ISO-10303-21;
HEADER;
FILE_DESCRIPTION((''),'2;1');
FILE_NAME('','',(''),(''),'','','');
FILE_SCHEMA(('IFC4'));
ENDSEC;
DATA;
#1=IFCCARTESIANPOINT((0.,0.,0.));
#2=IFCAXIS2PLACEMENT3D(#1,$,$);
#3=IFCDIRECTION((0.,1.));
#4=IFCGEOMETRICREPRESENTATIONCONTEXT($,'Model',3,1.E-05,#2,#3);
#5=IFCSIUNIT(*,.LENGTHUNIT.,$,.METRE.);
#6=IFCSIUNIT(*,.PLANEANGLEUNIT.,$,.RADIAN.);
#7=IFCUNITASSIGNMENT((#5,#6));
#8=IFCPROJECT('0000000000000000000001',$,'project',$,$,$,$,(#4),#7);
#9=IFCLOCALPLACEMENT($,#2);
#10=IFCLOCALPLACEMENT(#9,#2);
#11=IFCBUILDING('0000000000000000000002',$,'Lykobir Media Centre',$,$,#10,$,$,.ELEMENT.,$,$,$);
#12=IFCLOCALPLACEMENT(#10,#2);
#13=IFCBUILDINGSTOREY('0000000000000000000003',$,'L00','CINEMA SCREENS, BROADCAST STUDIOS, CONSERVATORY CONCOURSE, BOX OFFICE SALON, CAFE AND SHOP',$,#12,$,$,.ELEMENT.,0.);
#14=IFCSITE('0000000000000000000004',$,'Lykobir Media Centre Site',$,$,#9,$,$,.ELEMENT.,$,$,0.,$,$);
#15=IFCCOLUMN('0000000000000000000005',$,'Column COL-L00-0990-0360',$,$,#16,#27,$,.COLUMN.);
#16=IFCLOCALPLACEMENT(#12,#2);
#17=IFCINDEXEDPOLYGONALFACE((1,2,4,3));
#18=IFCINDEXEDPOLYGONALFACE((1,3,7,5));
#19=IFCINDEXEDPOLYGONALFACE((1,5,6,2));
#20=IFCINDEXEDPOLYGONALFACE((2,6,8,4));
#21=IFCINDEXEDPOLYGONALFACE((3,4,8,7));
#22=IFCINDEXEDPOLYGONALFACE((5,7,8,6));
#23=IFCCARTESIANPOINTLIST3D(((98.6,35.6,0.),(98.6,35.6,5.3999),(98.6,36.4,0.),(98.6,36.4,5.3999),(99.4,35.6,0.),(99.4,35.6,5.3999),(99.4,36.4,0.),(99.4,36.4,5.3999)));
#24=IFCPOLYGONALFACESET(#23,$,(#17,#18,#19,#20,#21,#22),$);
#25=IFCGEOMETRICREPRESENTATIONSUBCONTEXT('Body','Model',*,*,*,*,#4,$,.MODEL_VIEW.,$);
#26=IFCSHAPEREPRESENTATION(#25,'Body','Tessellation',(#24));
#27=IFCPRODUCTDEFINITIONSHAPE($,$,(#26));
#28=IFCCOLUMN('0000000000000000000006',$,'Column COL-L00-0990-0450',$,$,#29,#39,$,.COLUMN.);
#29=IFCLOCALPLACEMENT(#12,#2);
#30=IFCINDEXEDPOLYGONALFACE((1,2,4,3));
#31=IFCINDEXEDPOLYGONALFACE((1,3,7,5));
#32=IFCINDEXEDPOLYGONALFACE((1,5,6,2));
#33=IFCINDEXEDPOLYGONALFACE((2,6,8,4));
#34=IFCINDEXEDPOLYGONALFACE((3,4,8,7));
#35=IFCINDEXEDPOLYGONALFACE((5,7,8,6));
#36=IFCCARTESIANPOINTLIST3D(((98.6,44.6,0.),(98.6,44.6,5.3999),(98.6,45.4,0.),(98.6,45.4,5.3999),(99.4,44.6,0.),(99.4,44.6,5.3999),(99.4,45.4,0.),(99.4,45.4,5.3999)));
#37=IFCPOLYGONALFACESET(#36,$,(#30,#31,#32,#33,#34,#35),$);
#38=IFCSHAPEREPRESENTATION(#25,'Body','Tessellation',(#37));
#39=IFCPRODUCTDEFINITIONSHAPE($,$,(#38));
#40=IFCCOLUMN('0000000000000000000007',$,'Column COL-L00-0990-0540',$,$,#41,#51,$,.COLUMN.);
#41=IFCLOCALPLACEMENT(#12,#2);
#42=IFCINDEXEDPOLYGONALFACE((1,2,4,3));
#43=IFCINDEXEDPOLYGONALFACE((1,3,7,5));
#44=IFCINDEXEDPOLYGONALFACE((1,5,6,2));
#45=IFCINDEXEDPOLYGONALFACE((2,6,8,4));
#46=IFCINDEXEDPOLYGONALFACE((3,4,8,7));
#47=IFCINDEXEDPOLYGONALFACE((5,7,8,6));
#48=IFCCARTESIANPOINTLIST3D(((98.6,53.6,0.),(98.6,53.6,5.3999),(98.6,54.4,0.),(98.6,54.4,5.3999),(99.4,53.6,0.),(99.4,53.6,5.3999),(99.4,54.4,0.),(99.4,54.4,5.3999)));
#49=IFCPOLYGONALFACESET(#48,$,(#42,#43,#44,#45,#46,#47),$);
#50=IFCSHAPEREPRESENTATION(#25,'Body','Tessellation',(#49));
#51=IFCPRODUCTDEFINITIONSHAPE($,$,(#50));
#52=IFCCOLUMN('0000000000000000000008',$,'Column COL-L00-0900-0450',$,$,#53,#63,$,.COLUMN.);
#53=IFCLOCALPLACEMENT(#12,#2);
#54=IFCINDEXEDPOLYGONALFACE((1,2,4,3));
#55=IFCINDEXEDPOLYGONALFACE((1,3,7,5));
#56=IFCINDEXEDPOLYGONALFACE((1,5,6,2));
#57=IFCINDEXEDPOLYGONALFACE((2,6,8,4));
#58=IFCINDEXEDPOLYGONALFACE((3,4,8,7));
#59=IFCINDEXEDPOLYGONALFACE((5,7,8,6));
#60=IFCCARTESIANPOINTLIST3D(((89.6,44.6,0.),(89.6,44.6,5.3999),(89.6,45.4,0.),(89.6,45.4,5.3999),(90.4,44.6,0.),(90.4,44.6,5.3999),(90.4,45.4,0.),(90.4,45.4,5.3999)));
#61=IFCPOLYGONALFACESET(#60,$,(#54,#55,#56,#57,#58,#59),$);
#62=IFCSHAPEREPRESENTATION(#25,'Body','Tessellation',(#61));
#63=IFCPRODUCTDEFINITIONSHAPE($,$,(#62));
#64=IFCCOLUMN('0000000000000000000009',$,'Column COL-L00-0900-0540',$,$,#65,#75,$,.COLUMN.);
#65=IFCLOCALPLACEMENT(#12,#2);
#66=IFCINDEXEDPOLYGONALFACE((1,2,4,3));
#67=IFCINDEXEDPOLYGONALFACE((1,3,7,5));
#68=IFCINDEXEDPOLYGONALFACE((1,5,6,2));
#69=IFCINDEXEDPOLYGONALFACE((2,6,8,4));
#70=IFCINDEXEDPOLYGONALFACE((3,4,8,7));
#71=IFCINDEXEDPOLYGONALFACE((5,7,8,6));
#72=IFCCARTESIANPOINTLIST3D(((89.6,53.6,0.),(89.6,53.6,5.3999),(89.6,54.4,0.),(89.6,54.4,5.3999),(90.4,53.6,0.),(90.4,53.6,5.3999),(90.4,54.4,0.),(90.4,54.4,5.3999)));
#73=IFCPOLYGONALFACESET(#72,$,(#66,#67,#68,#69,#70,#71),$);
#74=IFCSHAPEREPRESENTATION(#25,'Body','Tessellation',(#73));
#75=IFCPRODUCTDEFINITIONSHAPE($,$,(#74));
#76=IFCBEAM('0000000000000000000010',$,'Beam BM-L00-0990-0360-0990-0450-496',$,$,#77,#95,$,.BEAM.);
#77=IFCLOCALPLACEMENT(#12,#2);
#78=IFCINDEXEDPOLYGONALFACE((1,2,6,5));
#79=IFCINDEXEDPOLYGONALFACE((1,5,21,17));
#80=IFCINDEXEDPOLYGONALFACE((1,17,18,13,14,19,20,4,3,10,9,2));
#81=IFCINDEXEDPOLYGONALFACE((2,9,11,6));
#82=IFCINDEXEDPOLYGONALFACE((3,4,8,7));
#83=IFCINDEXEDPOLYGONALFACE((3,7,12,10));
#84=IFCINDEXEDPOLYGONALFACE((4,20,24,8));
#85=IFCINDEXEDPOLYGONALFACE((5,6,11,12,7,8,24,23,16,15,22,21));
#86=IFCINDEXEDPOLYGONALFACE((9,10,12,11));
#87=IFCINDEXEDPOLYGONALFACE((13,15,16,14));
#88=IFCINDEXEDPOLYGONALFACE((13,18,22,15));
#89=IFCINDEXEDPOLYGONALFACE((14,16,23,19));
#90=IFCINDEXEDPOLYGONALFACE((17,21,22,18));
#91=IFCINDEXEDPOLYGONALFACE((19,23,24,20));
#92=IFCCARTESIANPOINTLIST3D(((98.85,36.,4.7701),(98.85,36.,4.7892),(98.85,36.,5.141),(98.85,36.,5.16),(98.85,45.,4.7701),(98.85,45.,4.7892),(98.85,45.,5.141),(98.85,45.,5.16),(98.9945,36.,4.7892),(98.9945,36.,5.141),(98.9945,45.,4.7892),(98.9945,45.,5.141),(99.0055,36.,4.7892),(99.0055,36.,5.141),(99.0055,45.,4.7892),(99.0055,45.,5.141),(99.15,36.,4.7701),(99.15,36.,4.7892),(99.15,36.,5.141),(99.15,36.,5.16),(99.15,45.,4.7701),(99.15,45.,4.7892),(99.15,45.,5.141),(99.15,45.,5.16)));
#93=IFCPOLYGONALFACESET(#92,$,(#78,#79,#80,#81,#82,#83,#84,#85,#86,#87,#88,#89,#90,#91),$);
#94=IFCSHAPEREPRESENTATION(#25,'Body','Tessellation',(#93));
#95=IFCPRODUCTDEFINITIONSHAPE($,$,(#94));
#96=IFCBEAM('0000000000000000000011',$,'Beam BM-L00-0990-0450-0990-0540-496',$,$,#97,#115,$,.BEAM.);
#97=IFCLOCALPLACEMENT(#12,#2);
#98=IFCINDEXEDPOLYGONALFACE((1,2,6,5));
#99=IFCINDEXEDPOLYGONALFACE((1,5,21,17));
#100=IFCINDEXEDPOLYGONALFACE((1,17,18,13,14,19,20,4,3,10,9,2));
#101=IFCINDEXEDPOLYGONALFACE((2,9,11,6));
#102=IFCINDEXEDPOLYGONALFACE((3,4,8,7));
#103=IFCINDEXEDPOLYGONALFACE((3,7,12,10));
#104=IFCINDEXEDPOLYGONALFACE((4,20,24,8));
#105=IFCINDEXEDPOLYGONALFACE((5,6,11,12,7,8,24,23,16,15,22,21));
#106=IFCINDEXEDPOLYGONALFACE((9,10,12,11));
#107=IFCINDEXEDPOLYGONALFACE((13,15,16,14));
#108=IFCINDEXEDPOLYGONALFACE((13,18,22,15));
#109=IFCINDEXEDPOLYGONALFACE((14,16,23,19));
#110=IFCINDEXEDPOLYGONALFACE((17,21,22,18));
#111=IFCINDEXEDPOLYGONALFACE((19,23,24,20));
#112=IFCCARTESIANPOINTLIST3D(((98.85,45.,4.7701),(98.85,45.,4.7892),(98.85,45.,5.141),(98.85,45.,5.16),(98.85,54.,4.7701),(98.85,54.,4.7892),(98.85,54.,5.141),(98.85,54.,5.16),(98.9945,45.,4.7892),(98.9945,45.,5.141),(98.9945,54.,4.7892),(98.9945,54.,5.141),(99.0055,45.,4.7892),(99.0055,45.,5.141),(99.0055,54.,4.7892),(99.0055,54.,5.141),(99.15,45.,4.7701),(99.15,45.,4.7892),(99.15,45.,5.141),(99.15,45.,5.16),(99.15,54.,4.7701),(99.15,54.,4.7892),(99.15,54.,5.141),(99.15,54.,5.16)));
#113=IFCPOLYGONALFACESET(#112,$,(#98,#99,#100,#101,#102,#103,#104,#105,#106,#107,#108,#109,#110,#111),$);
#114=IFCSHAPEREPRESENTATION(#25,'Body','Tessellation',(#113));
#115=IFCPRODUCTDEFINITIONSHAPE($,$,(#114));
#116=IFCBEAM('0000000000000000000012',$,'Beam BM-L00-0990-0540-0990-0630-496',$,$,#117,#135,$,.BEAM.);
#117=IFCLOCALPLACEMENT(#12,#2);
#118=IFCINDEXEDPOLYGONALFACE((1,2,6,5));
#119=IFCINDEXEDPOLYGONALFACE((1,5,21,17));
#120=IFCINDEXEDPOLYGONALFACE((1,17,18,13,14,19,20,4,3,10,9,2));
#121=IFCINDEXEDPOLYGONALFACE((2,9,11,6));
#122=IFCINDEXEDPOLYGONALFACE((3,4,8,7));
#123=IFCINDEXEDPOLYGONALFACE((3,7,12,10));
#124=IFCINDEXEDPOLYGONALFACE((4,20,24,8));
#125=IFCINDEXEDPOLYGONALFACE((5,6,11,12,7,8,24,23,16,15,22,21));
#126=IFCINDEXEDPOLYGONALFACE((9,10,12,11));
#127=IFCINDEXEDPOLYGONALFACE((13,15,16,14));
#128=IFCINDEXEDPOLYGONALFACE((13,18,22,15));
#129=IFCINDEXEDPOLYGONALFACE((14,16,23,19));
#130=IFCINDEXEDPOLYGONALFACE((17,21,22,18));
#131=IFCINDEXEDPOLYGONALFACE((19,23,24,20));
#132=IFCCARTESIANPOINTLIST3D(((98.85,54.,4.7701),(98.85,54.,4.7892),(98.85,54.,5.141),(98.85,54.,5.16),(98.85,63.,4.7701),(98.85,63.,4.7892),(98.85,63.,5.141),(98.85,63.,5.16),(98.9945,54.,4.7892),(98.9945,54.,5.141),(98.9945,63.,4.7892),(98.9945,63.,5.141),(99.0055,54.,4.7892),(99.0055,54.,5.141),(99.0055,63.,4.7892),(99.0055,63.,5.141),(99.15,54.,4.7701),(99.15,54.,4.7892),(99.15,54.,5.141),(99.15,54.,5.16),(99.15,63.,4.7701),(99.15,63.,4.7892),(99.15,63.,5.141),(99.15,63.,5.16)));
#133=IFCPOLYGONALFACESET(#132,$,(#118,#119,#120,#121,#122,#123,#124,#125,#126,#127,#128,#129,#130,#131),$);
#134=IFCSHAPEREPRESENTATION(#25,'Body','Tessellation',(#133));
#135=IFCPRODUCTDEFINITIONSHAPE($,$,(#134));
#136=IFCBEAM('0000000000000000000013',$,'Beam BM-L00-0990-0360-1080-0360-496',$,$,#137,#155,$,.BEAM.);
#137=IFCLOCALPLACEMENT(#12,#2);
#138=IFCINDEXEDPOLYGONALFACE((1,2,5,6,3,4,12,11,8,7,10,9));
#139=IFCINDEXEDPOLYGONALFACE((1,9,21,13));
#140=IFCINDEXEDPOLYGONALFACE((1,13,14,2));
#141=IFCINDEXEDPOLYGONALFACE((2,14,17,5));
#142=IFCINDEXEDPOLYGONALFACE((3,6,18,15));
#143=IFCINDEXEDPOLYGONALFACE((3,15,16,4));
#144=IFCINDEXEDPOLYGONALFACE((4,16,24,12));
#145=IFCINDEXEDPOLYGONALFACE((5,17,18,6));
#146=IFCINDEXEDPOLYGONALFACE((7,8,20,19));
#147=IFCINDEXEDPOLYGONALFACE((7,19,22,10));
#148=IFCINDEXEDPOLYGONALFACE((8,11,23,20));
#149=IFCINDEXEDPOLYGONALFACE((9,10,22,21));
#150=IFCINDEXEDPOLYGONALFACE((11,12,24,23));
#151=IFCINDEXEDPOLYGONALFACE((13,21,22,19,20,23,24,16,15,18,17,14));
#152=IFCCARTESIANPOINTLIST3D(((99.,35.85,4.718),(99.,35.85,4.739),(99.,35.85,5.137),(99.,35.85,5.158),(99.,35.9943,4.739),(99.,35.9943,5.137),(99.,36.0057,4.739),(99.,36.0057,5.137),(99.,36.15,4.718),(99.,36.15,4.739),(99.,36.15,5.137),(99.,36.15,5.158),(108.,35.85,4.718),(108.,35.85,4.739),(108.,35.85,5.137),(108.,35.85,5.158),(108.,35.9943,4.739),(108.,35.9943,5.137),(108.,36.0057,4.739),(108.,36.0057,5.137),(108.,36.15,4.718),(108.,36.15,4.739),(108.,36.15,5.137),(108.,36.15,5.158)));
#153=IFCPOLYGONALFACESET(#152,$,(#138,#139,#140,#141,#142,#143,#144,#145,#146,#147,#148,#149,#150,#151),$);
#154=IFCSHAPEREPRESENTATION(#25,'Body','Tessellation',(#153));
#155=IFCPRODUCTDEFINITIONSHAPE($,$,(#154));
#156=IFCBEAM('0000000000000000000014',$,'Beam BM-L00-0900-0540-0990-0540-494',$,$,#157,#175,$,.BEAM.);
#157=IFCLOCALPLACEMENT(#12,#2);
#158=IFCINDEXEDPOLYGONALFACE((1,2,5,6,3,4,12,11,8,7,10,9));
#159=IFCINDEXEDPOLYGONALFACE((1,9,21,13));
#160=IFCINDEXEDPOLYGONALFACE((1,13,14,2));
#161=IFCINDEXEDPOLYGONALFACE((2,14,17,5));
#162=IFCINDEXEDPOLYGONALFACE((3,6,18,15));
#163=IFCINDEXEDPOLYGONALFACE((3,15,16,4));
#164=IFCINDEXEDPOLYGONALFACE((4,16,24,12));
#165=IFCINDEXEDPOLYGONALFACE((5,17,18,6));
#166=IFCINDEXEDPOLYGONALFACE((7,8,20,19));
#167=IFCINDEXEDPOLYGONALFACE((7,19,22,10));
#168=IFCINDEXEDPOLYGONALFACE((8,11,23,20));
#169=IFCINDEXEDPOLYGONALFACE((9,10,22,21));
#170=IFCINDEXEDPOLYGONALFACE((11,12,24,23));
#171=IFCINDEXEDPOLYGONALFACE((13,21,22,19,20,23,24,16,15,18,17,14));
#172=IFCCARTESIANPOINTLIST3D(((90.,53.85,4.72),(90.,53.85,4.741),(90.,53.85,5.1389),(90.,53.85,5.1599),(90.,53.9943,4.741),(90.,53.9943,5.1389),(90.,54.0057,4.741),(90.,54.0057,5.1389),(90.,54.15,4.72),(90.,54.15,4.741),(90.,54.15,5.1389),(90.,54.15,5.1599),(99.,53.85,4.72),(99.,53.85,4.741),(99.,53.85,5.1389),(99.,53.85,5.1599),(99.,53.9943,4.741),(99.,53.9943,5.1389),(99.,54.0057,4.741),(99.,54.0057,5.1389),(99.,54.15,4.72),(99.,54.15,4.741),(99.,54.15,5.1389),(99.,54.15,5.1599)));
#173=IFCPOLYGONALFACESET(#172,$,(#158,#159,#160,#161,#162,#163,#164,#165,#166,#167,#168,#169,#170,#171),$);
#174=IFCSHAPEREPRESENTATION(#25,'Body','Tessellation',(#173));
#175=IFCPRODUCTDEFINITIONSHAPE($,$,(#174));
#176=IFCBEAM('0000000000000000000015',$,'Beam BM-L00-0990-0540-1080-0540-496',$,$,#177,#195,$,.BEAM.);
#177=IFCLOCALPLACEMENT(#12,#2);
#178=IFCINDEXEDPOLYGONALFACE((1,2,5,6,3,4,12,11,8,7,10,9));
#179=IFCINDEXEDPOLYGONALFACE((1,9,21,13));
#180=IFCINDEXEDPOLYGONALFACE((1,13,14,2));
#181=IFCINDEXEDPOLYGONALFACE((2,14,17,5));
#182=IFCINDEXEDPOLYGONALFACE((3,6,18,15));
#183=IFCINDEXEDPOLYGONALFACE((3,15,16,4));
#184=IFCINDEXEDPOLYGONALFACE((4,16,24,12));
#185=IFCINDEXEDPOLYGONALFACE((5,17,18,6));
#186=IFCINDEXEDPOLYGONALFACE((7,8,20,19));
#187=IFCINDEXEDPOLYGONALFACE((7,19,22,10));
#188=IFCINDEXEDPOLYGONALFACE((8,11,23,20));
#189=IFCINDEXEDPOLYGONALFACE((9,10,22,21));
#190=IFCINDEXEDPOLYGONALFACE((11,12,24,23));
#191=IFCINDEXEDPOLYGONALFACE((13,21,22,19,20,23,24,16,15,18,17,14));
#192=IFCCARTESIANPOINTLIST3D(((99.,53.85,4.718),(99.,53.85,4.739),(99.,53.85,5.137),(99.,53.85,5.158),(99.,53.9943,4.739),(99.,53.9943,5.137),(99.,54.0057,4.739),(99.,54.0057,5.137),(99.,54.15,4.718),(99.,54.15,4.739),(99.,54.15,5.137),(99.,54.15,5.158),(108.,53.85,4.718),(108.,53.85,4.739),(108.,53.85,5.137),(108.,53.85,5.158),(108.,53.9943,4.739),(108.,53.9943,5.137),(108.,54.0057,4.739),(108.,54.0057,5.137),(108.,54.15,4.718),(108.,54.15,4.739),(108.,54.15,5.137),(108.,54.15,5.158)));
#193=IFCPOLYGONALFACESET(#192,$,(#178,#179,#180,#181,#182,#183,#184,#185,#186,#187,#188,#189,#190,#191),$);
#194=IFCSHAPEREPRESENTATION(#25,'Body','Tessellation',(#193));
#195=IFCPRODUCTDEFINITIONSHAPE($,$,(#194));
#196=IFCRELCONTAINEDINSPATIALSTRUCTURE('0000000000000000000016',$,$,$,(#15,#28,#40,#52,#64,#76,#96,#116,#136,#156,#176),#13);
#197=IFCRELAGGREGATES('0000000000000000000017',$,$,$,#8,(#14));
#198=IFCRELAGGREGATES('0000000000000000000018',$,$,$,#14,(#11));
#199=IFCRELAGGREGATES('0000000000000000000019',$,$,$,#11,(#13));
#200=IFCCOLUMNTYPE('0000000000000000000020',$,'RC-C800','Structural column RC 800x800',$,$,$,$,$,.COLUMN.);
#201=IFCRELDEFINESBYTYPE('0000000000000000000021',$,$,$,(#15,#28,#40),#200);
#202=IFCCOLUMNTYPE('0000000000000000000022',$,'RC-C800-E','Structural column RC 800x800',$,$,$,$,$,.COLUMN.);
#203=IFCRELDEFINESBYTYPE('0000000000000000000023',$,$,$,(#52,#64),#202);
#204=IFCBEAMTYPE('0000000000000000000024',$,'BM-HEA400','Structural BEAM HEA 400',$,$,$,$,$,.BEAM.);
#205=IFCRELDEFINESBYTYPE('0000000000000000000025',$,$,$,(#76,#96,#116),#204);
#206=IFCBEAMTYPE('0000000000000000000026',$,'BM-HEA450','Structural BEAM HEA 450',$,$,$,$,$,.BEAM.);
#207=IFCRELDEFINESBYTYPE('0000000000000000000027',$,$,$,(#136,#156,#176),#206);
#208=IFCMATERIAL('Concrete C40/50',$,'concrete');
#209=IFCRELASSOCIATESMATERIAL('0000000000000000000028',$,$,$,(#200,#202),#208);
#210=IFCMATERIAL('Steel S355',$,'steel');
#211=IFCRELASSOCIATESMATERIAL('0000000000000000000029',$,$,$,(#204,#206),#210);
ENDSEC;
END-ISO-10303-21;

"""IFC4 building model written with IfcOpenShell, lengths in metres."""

from ifc_helpers import new_model, si_unit, direction, frame, origin, origin_2d, place, context, subcontext, project, spatial, rectangle, i_section, extrude, material, material_profile, profile_set, type_object, element, save


model = new_model("IFC4")

# Units and contexts
model_context = context("Model", 3, precision=1e-05, world=origin(), true_north=direction((0.0, 1.0)))
body_context = subcontext(model_context, "Body", "Model", "MODEL_VIEW")
ifc_project = project(units=[si_unit("LENGTHUNIT", "METRE"), si_unit("PLANEANGLEUNIT", "RADIAN")], contexts=[model_context])

# Site, building, storey
site_placement = place(None, origin())
site = spatial("IfcSite", under=ifc_project, at=site_placement, Name="Lykobir Media Centre Site", CompositionType="ELEMENT", RefElevation=0.0)
building_placement = place(site_placement, origin())
building = spatial("IfcBuilding", under=site, at=building_placement, Name="Lykobir Media Centre", CompositionType="ELEMENT")
storey_placement = place(building_placement, origin())
storey = spatial("IfcBuildingStorey", under=building, at=storey_placement, Name="L00", Description="CINEMA SCREENS, BROADCAST STUDIOS, CONSERVATORY CONCOURSE, BOX OFFICE SALON, CAFE AND SHOP", CompositionType="ELEMENT", Elevation=0.0)

# Columns
ifc_material_1 = material(Name="Concrete C40/50", Category="concrete")
ifc_material_profile_1 = material_profile(ifc_material_1, rectangle(XDim=0.8, YDim=0.8, at=origin_2d()), Name="RC 800x800")
ifc_profile_set_1 = profile_set([ifc_material_profile_1], Name="Concrete C40/50")
column_type_1 = type_object("IfcColumnType", Name="RC-C800", Description="Structural column RC 800x800", PredefinedType="COLUMN", material=ifc_profile_set_1)
for number, where, z_axis, x_axis, name in (
    (1, (99.0, 36.0, 0.0), (0.0, 0.0, 1.0), (1.0, 0.0, 0.0), "Column COL-L00-0990-0360"),
    (2, (99.0, 45.0, 0.0), (0.0, 0.0, 1.0), (1.0, 0.0, 0.0), "Column COL-L00-0990-0450"),
    (3, (99.0, 54.0, 0.0), (0.0, 0.0, 1.0), (1.0, 0.0, 0.0), "Column COL-L00-0990-0540"),
):
    element("IfcColumn", number, at=place(storey_placement, frame(where, z_axis=z_axis, x_axis=x_axis)), inside=storey, type_object=column_type_1, Name=name, PredefinedType="COLUMN", context=body_context, shape_type="SweptSolid", body=[
        extrude(rectangle(XDim=0.8, YDim=0.8, at=origin_2d()), origin(), (0.0, 0.0, 1.0), 5.3999),
    ])
ifc_material_profile_2 = material_profile(ifc_material_1, rectangle(XDim=0.8, YDim=0.8, at=origin_2d()), Name="RC 800x800")
ifc_profile_set_2 = profile_set([ifc_material_profile_2], Name="Concrete C40/50")
column_type_2 = type_object("IfcColumnType", Name="RC-C800-E", Description="Structural column RC 800x800", PredefinedType="COLUMN", material=ifc_profile_set_2)
for number, where, z_axis, x_axis, name in (
    (4, (90.0, 45.0, 0.0), (0.0, 0.0, 1.0), (1.0, 0.0, 0.0), "Column COL-L00-0900-0450"),
    (5, (90.0, 54.0, 0.0), (0.0, 0.0, 1.0), (1.0, 0.0, 0.0), "Column COL-L00-0900-0540"),
):
    element("IfcColumn", number, at=place(storey_placement, frame(where, z_axis=z_axis, x_axis=x_axis)), inside=storey, type_object=column_type_2, Name=name, PredefinedType="COLUMN", context=body_context, shape_type="SweptSolid", body=[
        extrude(rectangle(XDim=0.8, YDim=0.8, at=origin_2d()), origin(), (0.0, 0.0, 1.0), 5.3999),
    ])

# Beams
ifc_material_2 = material(Name="Steel S355", Category="steel")
ifc_material_profile_3 = material_profile(ifc_material_2, i_section(OverallWidth=0.3, OverallDepth=0.3899, WebThickness=0.011, FlangeThickness=0.019, at=origin_2d()), Name="HEA 400")
ifc_profile_set_3 = profile_set([ifc_material_profile_3], Name="Steel S355")
beam_type_1 = type_object("IfcBeamType", Name="BM-HEA400", Description="Structural BEAM HEA 400", PredefinedType="BEAM", material=ifc_profile_set_3)
for number, where, z_axis, x_axis, name in (
    (6, (99.0, 36.0, 4.9651), (0.0, 1.0, 0.0), (-1.0, 0.0, 0.0), "Beam BM-L00-0990-0360-0990-0450-496"),
    (7, (99.0, 45.0, 4.9651), (0.0, 1.0, 0.0), (-1.0, 0.0, 0.0), "Beam BM-L00-0990-0450-0990-0540-496"),
    (8, (99.0, 54.0, 4.9651), (0.0, 1.0, 0.0), (-1.0, 0.0, 0.0), "Beam BM-L00-0990-0540-0990-0630-496"),
):
    element("IfcBeam", number, at=place(storey_placement, frame(where, z_axis=z_axis, x_axis=x_axis)), inside=storey, type_object=beam_type_1, Name=name, PredefinedType="BEAM", context=body_context, shape_type="SweptSolid", body=[
        extrude(i_section(OverallWidth=0.3, OverallDepth=0.3899, WebThickness=0.011, FlangeThickness=0.019, at=origin_2d()), origin(), (0.0, 0.0, 1.0), 9.0),
    ])
ifc_material_profile_4 = material_profile(ifc_material_2, i_section(OverallWidth=0.3, OverallDepth=0.4399, WebThickness=0.0115, FlangeThickness=0.021, at=origin_2d()), Name="HEA 450")
ifc_profile_set_4 = profile_set([ifc_material_profile_4], Name="Steel S355")
beam_type_2 = type_object("IfcBeamType", Name="BM-HEA450", Description="Structural BEAM HEA 450", PredefinedType="BEAM", material=ifc_profile_set_4)
for number, where, z_axis, x_axis, name in (
    (9, (99.0, 36.0, 4.938), (1.0, 0.0, 0.0), (0.0, 1.0, 0.0), "Beam BM-L00-0990-0360-1080-0360-496"),
    (10, (90.0, 54.0, 4.9399), (1.0, 0.0, 0.0), (0.0, 1.0, 0.0), "Beam BM-L00-0900-0540-0990-0540-494"),
    (11, (99.0, 54.0, 4.938), (1.0, 0.0, 0.0), (0.0, 1.0, 0.0), "Beam BM-L00-0990-0540-1080-0540-496"),
):
    element("IfcBeam", number, at=place(storey_placement, frame(where, z_axis=z_axis, x_axis=x_axis)), inside=storey, type_object=beam_type_2, Name=name, PredefinedType="BEAM", context=body_context, shape_type="SweptSolid", body=[
        extrude(i_section(OverallWidth=0.3, OverallDepth=0.4399, WebThickness=0.0115, FlangeThickness=0.021, at=origin_2d()), origin(), (0.0, 0.0, 1.0), 9.0),
    ])

save(model, "model.ifc")
